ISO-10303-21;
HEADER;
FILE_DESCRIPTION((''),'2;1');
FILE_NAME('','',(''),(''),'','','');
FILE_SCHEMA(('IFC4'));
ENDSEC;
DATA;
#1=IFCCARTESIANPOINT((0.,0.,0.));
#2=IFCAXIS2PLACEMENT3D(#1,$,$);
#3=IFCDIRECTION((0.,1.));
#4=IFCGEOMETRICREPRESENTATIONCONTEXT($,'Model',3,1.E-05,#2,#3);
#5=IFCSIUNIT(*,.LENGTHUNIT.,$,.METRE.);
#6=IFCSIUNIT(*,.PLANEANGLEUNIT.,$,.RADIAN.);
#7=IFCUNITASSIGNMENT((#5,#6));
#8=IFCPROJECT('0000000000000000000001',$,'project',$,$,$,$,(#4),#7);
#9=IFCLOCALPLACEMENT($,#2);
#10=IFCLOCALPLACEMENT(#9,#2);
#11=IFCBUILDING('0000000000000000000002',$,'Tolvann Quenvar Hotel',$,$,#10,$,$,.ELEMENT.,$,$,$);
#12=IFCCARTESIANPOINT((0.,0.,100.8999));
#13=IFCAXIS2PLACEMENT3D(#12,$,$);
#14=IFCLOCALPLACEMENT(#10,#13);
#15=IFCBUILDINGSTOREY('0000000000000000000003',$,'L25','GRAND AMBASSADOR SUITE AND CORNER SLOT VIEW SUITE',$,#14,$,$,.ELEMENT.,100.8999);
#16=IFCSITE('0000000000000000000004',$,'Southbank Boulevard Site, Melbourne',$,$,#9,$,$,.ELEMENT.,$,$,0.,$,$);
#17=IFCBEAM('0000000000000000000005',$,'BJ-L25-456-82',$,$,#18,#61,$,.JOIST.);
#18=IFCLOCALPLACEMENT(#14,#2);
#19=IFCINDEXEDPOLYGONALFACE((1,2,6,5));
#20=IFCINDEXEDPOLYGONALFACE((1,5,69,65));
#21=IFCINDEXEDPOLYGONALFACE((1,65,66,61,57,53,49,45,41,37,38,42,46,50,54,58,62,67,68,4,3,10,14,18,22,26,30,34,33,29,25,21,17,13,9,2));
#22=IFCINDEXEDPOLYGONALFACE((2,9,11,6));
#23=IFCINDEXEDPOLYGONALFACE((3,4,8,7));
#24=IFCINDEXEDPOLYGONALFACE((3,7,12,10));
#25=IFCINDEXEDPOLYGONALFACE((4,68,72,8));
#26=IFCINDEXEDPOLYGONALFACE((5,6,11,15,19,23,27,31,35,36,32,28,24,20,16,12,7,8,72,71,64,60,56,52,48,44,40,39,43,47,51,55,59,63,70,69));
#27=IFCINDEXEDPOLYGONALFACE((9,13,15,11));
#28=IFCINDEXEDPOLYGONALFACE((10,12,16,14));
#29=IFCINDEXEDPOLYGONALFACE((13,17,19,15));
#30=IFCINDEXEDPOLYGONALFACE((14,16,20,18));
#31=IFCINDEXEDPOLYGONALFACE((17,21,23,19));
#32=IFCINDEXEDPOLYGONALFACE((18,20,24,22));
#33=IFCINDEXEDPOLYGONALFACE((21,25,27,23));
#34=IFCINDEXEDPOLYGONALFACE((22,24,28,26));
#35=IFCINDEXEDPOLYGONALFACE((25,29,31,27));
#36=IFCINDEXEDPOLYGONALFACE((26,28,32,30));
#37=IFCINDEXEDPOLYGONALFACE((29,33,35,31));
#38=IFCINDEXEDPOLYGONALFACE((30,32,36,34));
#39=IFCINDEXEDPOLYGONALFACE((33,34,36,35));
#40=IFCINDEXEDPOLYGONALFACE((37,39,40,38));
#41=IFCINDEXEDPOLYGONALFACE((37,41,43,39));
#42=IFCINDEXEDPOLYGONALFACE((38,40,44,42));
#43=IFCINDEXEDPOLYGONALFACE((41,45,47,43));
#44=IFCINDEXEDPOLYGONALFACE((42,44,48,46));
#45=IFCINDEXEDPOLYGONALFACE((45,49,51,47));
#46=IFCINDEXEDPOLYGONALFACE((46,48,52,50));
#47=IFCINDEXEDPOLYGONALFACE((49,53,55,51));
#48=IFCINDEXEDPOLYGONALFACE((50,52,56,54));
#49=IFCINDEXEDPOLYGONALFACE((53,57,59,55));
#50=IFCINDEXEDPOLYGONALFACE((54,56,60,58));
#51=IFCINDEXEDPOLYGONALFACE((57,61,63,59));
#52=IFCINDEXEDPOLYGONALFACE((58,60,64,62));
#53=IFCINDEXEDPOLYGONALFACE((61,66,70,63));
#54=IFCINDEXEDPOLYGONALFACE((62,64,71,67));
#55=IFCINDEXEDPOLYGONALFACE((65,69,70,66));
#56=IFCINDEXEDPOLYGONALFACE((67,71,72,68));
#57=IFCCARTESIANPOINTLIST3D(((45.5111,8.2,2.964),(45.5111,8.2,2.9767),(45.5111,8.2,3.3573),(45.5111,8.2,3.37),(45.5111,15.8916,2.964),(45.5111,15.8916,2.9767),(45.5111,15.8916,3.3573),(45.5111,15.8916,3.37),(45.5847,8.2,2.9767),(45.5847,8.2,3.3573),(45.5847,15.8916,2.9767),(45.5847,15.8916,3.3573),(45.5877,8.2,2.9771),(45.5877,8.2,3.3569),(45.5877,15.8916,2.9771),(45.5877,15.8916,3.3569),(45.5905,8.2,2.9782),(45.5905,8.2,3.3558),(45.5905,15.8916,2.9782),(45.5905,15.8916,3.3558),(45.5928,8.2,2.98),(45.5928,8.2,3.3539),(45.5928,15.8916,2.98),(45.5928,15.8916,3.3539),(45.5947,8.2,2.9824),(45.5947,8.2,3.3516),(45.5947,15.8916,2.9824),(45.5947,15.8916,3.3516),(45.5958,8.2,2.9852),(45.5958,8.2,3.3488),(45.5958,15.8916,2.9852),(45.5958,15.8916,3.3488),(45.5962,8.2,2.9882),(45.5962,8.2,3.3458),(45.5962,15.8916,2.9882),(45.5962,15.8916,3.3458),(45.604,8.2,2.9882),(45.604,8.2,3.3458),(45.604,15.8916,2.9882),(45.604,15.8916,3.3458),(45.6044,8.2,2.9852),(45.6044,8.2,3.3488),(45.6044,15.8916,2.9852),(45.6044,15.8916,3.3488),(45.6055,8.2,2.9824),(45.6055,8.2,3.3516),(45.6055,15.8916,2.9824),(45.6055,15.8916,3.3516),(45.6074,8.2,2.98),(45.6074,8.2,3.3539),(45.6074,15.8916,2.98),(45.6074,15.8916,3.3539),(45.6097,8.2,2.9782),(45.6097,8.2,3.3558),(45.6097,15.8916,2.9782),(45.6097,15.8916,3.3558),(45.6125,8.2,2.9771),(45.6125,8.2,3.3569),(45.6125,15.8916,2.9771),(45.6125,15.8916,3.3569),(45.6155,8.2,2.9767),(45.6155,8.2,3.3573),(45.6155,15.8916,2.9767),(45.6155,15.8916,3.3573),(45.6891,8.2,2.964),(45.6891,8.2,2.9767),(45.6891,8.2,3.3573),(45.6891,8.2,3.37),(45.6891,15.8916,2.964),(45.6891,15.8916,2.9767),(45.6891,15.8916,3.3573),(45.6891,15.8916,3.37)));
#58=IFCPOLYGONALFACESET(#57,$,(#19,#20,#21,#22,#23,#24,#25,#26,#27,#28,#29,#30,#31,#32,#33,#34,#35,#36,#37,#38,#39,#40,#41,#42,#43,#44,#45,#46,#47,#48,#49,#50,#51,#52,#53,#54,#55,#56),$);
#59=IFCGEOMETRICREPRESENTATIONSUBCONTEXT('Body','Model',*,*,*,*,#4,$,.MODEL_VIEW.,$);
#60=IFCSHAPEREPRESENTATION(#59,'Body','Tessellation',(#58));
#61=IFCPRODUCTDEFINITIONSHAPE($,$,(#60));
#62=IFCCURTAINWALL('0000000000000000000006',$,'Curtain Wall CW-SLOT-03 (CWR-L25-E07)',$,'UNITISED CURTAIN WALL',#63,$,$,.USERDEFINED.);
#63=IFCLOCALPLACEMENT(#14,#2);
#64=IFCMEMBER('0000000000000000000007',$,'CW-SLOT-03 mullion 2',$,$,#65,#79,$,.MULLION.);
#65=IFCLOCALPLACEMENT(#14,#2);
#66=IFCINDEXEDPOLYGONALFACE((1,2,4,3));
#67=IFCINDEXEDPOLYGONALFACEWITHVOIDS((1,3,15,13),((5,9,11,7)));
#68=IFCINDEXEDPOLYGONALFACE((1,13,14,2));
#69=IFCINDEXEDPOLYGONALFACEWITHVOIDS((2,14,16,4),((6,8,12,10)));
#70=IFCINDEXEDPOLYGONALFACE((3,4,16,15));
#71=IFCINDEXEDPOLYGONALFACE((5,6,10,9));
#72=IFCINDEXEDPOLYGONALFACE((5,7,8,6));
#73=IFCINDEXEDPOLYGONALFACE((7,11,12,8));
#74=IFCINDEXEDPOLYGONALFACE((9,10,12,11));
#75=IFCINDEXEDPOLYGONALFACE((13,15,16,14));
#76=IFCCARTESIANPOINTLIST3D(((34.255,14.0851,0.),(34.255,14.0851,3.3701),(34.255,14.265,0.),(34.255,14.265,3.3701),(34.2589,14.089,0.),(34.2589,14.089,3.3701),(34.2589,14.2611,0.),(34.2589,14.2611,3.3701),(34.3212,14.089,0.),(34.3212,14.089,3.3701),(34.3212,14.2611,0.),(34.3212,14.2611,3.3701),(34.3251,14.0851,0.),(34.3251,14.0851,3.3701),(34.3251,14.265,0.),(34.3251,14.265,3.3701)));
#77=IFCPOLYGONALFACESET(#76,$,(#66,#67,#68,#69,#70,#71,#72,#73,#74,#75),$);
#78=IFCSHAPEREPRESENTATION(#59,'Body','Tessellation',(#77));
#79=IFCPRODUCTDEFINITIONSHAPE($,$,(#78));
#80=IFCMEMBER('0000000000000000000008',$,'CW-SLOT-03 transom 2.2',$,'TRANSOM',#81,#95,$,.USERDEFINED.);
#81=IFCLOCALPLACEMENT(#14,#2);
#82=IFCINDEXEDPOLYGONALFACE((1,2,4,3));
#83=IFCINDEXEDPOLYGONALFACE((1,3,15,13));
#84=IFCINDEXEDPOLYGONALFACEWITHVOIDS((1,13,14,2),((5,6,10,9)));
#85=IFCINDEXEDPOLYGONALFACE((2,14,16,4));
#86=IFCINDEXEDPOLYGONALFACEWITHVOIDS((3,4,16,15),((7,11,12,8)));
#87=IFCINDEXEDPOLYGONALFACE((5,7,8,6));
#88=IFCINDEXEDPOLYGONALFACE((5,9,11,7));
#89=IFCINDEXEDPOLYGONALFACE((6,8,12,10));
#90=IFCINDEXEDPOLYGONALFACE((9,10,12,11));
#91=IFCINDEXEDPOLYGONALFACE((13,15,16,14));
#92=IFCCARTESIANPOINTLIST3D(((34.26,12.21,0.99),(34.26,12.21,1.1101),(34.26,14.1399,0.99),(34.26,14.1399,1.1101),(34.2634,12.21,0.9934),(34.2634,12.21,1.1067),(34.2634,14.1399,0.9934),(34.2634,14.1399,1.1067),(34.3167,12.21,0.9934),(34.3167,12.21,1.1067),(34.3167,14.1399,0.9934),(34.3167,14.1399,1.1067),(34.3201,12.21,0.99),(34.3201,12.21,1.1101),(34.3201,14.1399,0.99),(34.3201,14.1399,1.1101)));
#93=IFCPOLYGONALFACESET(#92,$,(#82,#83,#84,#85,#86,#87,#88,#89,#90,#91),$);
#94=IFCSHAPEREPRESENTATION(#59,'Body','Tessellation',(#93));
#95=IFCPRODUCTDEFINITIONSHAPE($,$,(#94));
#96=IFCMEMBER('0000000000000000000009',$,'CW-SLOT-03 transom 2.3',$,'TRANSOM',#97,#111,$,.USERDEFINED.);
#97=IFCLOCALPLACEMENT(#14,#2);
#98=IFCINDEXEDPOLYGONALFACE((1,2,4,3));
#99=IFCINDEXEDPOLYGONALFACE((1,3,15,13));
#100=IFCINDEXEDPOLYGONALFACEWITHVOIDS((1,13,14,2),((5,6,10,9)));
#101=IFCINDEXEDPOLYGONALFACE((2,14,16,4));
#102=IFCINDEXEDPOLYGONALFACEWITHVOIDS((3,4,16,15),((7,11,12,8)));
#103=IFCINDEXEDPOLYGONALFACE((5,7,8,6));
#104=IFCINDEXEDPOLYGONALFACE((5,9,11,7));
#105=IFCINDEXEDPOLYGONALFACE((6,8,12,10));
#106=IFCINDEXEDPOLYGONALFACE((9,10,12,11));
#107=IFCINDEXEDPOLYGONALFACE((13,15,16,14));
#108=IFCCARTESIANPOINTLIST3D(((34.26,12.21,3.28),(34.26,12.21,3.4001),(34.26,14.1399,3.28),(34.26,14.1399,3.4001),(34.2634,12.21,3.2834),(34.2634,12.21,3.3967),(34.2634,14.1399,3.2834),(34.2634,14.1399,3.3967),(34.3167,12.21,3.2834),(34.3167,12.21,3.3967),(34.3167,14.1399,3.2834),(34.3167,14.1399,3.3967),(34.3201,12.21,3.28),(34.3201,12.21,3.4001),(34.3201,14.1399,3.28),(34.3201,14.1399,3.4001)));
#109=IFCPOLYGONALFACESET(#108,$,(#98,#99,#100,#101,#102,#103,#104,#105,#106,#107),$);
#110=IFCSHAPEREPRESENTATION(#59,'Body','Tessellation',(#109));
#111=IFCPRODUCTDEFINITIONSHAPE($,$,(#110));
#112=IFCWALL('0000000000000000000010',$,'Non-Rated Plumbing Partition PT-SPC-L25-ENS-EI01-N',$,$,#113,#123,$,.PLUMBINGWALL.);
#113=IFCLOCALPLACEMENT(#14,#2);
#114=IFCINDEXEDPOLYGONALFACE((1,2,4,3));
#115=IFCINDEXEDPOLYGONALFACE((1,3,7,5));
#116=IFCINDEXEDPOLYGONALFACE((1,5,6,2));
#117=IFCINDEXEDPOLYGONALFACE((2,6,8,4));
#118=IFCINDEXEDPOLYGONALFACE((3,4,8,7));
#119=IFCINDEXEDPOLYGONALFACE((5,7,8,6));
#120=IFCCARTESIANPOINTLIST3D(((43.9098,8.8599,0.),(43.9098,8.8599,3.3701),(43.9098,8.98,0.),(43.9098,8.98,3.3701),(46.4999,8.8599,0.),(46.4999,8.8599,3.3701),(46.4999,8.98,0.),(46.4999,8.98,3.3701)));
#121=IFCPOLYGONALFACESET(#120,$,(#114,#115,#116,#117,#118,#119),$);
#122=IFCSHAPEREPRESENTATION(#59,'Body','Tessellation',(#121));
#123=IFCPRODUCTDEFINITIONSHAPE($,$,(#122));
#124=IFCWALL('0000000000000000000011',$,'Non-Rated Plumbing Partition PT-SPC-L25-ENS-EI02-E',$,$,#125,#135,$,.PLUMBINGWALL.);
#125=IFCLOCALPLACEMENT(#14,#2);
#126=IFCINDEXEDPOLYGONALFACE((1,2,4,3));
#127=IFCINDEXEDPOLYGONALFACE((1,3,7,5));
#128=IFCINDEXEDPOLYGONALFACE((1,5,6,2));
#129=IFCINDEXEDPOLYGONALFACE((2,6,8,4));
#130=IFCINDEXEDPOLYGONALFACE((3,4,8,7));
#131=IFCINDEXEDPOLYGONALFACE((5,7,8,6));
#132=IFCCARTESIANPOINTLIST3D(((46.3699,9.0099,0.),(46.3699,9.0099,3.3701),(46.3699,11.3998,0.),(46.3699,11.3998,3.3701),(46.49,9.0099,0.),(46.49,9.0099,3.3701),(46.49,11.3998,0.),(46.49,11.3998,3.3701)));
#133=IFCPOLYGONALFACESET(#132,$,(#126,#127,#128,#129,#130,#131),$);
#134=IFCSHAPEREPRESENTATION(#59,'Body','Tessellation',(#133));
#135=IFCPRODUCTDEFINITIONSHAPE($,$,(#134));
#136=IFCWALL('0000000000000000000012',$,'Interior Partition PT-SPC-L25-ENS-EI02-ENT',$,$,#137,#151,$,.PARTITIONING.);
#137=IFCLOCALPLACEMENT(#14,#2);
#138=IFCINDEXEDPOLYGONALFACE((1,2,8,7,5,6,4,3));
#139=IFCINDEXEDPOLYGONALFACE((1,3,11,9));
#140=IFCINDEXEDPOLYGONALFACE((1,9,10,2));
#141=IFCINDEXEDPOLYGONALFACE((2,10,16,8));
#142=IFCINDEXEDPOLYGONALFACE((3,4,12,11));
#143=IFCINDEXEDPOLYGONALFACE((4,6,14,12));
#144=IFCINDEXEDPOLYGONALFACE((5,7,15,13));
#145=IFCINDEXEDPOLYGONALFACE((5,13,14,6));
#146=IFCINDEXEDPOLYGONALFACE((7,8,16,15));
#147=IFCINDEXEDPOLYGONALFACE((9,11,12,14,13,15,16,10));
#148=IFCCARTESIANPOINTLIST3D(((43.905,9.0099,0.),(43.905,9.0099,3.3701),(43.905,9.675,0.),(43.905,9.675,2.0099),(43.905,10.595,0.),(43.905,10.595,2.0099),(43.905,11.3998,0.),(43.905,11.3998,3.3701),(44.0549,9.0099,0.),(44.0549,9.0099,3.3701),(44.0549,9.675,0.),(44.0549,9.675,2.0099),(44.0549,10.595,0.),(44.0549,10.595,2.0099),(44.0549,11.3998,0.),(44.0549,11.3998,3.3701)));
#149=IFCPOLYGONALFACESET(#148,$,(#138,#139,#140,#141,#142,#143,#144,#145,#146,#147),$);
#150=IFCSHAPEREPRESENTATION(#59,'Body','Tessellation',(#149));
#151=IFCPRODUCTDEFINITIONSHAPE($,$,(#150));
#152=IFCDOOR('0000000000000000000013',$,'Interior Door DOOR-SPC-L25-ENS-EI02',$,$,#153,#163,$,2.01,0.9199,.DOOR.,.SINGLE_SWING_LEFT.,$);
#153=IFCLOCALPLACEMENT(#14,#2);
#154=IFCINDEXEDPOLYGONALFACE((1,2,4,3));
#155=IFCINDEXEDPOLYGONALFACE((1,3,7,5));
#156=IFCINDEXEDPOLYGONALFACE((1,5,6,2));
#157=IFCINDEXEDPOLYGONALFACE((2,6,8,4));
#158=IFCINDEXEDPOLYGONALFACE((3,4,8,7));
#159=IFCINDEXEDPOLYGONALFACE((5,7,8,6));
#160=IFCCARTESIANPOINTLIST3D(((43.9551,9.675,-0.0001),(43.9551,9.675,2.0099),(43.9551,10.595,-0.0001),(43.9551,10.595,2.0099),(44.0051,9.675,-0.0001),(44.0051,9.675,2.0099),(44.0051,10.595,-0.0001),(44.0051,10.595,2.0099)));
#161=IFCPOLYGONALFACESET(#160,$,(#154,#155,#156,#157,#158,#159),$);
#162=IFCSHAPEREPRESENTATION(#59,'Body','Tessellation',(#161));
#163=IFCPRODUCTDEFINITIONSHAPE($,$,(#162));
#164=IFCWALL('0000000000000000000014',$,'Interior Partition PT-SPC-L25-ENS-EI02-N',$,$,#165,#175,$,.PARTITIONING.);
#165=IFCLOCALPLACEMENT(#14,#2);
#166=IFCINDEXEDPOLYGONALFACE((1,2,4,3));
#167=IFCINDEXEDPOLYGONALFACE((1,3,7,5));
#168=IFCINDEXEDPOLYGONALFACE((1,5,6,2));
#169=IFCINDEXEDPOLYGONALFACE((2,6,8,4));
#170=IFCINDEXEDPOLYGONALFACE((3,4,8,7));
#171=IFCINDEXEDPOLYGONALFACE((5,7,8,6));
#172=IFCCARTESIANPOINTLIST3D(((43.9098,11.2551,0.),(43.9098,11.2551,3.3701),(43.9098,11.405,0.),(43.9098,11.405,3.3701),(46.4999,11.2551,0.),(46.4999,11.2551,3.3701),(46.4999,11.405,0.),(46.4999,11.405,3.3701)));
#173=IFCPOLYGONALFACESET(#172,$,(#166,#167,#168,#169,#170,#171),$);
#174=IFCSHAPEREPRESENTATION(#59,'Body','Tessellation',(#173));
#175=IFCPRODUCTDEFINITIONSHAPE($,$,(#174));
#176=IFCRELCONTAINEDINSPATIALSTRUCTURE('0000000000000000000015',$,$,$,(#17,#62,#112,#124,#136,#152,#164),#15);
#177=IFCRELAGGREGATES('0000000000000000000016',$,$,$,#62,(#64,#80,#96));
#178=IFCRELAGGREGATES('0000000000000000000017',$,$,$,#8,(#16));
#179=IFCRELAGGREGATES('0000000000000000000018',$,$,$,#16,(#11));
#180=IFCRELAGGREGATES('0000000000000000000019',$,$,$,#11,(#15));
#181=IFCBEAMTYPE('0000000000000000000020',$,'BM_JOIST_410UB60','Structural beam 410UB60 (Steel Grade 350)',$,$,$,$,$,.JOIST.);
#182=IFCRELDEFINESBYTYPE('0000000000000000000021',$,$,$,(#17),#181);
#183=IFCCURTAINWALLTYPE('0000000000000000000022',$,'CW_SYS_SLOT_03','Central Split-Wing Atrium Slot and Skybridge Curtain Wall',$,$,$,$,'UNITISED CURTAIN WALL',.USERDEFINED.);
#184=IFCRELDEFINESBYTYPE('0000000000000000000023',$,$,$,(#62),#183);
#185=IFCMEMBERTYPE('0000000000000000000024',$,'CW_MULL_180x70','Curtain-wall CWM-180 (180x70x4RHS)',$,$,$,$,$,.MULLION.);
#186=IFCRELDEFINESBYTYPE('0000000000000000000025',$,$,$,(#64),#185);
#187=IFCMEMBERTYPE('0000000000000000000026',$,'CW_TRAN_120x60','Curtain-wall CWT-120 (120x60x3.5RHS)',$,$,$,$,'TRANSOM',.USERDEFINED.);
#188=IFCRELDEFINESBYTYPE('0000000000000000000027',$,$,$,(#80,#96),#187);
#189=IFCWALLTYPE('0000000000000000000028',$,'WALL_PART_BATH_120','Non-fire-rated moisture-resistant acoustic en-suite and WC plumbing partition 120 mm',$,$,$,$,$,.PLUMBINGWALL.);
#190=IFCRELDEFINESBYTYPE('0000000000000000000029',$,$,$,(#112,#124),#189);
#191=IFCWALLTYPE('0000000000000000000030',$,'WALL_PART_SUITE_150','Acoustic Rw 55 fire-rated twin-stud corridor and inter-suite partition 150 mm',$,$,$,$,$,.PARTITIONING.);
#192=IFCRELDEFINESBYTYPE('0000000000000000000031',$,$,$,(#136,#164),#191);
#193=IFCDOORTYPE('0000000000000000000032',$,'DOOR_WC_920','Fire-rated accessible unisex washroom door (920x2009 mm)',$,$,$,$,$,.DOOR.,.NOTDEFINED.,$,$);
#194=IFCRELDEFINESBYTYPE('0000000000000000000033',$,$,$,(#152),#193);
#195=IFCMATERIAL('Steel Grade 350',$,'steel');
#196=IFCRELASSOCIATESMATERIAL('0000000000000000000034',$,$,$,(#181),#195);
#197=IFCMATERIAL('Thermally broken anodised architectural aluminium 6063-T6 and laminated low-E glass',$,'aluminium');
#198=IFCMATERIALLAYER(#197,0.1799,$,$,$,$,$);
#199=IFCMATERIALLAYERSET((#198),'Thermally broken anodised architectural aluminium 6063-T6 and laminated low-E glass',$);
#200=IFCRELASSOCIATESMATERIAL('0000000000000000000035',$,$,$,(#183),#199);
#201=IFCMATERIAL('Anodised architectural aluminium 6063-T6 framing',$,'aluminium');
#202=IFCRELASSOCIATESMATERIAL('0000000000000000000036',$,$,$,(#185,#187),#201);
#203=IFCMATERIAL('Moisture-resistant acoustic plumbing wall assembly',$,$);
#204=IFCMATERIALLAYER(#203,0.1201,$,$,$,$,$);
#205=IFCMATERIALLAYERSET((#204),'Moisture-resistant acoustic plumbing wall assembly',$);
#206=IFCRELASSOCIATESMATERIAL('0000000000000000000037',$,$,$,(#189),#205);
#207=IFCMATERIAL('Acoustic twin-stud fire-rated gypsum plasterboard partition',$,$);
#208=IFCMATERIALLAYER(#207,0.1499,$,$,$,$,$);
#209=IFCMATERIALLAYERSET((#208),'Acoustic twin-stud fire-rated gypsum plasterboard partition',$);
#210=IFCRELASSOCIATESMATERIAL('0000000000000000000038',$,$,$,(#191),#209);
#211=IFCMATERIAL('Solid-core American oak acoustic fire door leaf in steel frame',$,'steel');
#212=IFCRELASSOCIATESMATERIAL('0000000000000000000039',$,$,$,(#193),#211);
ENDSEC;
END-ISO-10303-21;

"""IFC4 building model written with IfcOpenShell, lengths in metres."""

from ifc_helpers import new_model, si_unit, direction, frame, frame_2d, origin, origin_2d, place, context, subcontext, project, spatial, rectangle, hollow_rectangle, i_section, extrude, source, transform, mapped, material, layer, layer_set, material_profile, profile_set, type_object, type_shapes, element, fill, aggregate, save


model = new_model("IFC4")

# Units and contexts
model_context = context("Model", 3, precision=1e-05, world=origin(), true_north=direction((0.0, 1.0)))
body_context = subcontext(model_context, "Body", "Model", "MODEL_VIEW")
ifc_project = project(units=[si_unit("LENGTHUNIT", "METRE"), si_unit("PLANEANGLEUNIT", "RADIAN")], contexts=[model_context])

# Site, building, storey
site_placement = place(None, origin())
site = spatial("IfcSite", under=ifc_project, at=site_placement, Name="Southbank Boulevard Site, Melbourne", CompositionType="ELEMENT", RefElevation=0.0)
building_placement = place(site_placement, origin())
building = spatial("IfcBuilding", under=site, at=building_placement, Name="Tolvann Quenvar Hotel", CompositionType="ELEMENT")
storey_placement = place(building_placement, frame((0.0, 0.0, 100.8999)))
storey = spatial("IfcBuildingStorey", under=building, at=storey_placement, Name="L25", Description="GRAND AMBASSADOR SUITE AND CORNER SLOT VIEW SUITE", CompositionType="ELEMENT", Elevation=100.8999)

# Shared definitions
ifc_material_1 = material(Name="Steel Grade 350", Category="steel")

# Beam
ifc_material_profile_1 = material_profile(ifc_material_1, i_section(OverallWidth=0.178, OverallDepth=0.406, WebThickness=0.0078, FlangeThickness=0.0127, FilletRadius=0.0115, at=origin_2d()), Name="410UB60")
ifc_profile_set_1 = profile_set([ifc_material_profile_1], Name="Steel Grade 350")
beam_type_1 = type_object("IfcBeamType", Name="BM_JOIST_410UB60", Description="Structural beam 410UB60 (Steel Grade 350)", PredefinedType="JOIST", material=ifc_profile_set_1)
shared_shape_1 = source(origin(), body_context, "Body", "SweptSolid", [
    extrude(i_section(OverallWidth=0.178, OverallDepth=0.406, WebThickness=0.0078, FlangeThickness=0.0127, FilletRadius=0.0115, at=origin_2d()), origin(), (0.0, 0.0, 1.0), 7.6917),
])
type_shapes(beam_type_1, [shared_shape_1])
beam_1_placement = place(storey_placement, frame((45.6001, 8.2, 3.167), z_axis=(0.0, 1.0, 0.0), x_axis=(-1.0, 0.0, 0.0)))
element("IfcBeam", 1, at=beam_1_placement, inside=storey, type_object=beam_type_1, Name="BJ-L25-456-82", PredefinedType="JOIST", context=body_context, shape_type="MappedRepresentation", body=[
    mapped(shared_shape_1, transform((0.0, 0.0, 0.0), x_axis=(1.0, 0.0, 0.0), y_axis=(0.0, 1.0, 0.0), z_axis=(0.0, 0.0, 1.0), scale=1.0)),
])

# Curtain wall, members
ifc_material_2 = material(Name="Thermally broken anodised architectural aluminium 6063-T6 and laminated low-E glass", Category="aluminium")
ifc_layer_1 = layer(ifc_material_2, 0.1799)
ifc_layer_set_1 = layer_set([ifc_layer_1], Name="Thermally broken anodised architectural aluminium 6063-T6 and laminated low-E glass")
curtain_wall_type = type_object("IfcCurtainWallType", Name="CW_SYS_SLOT_03", Description="Central Split-Wing Atrium Slot and Skybridge Curtain Wall", ElementType="UNITISED CURTAIN WALL", PredefinedType="USERDEFINED", material=ifc_layer_set_1)
curtain_wall_placement = place(storey_placement, origin())
curtain_wall = element("IfcCurtainWall", 2, at=curtain_wall_placement, inside=storey, type_object=curtain_wall_type, Name="Curtain Wall CW-SLOT-03 (CWR-L25-E07)", ObjectType="UNITISED CURTAIN WALL", PredefinedType="USERDEFINED")
ifc_material_3 = material(Name="Anodised architectural aluminium 6063-T6 framing", Category="aluminium")
ifc_material_profile_2 = material_profile(ifc_material_3, hollow_rectangle(XDim=0.0701, YDim=0.1799, WallThickness=0.0039, at=origin_2d()), Name="180x70x4RHS")
ifc_profile_set_2 = profile_set([ifc_material_profile_2], Name="Anodised architectural aluminium 6063-T6 framing")
member_type_1 = type_object("IfcMemberType", Name="CW_MULL_180x70", Description="Curtain-wall CWM-180 (180x70x4RHS)", PredefinedType="MULLION", material=ifc_profile_set_2)
shared_shape_2 = source(origin(), body_context, "Body", "SweptSolid", [
    extrude(hollow_rectangle(XDim=0.0701, YDim=0.1799, WallThickness=0.0039, at=origin_2d()), origin(), (0.0, 0.0, 1.0), 3.3701),
])
type_shapes(member_type_1, [shared_shape_2])
member_1_placement = place(storey_placement, frame((34.29, 14.175, 0.0), z_axis=(0.0, 0.0, 1.0), x_axis=(1.0, 0.0, 0.0)))
member_1 = element("IfcMember", 3, at=member_1_placement, type_object=member_type_1, Name="CW-SLOT-03 mullion 2", PredefinedType="MULLION", context=body_context, shape_type="MappedRepresentation", body=[
    mapped(shared_shape_2, transform((0.0, 0.0, 0.0), x_axis=(1.0, 0.0, 0.0), y_axis=(0.0, 1.0, 0.0), z_axis=(0.0, 0.0, 1.0), scale=1.0)),
])
ifc_material_profile_3 = material_profile(ifc_material_3, hollow_rectangle(XDim=0.0601, YDim=0.1201, WallThickness=0.0034, at=origin_2d()), Name="120x60x3.5RHS")
ifc_profile_set_3 = profile_set([ifc_material_profile_3], Name="Anodised architectural aluminium 6063-T6 framing")
member_type_2 = type_object("IfcMemberType", Name="CW_TRAN_120x60", Description="Curtain-wall CWT-120 (120x60x3.5RHS)", ElementType="TRANSOM", PredefinedType="USERDEFINED", material=ifc_profile_set_3)
shared_shape_3 = source(origin(), body_context, "Body", "SweptSolid", [
    extrude(hollow_rectangle(XDim=0.0601, YDim=0.1201, WallThickness=0.0034, at=origin_2d()), origin(), (0.0, 0.0, 1.0), 1.9299),
])
type_shapes(member_type_2, [shared_shape_3])
member_2_placement = place(storey_placement, frame((34.29, 14.1399, 1.05), z_axis=(0.0, -1.0, 0.0), x_axis=(1.0, 0.0, 0.0)))
member_2 = element("IfcMember", 4, at=member_2_placement, type_object=member_type_2, Name="CW-SLOT-03 transom 2.2", ObjectType="TRANSOM", PredefinedType="USERDEFINED", context=body_context, shape_type="MappedRepresentation", body=[
    mapped(shared_shape_3, transform((0.0, 0.0, 0.0), x_axis=(1.0, 0.0, 0.0), y_axis=(0.0, 1.0, 0.0), z_axis=(0.0, 0.0, 1.0), scale=1.0)),
])
member_3_placement = place(storey_placement, frame((34.29, 14.1399, 3.3401), z_axis=(0.0, -1.0, 0.0), x_axis=(1.0, 0.0, 0.0)))
member_3 = element("IfcMember", 5, at=member_3_placement, type_object=member_type_2, Name="CW-SLOT-03 transom 2.3", ObjectType="TRANSOM", PredefinedType="USERDEFINED", context=body_context, shape_type="MappedRepresentation", body=[
    mapped(shared_shape_3, transform((0.0, 0.0, 0.0), x_axis=(1.0, 0.0, 0.0), y_axis=(0.0, 1.0, 0.0), z_axis=(0.0, 0.0, 1.0), scale=1.0)),
])
aggregate(curtain_wall, [member_1, member_2, member_3])

# Walls
ifc_material_4 = material(Name="Moisture-resistant acoustic plumbing wall assembly")
ifc_layer_2 = layer(ifc_material_4, 0.1201)
ifc_layer_set_2 = layer_set([ifc_layer_2], Name="Moisture-resistant acoustic plumbing wall assembly")
wall_type_1 = type_object("IfcWallType", Name="WALL_PART_BATH_120", Description="Non-fire-rated moisture-resistant acoustic en-suite and WC plumbing partition 120 mm", PredefinedType="PLUMBINGWALL", material=ifc_layer_set_2)
wall_1_placement = place(storey_placement, frame((43.9099, 8.9199, 0.0), z_axis=(0.0, 0.0, 1.0), x_axis=(1.0, 0.0, 0.0)))
element("IfcWall", 6, at=wall_1_placement, inside=storey, type_object=wall_type_1, Name="Non-Rated Plumbing Partition PT-SPC-L25-ENS-EI01-N", PredefinedType="PLUMBINGWALL", context=body_context, shape_type="SweptSolid", body=[
    extrude(rectangle(XDim=2.5901, YDim=0.1201, at=frame_2d((1.2949, 0.0))), origin(), (0.0, 0.0, 1.0), 3.3701),
])
wall_2_placement = place(storey_placement, frame((46.4299, 9.01, 0.0), z_axis=(0.0, 0.0, 1.0), x_axis=(0.0, 1.0, 0.0)))
element("IfcWall", 7, at=wall_2_placement, inside=storey, type_object=wall_type_1, Name="Non-Rated Plumbing Partition PT-SPC-L25-ENS-EI02-E", PredefinedType="PLUMBINGWALL", context=body_context, shape_type="SweptSolid", body=[
    extrude(rectangle(XDim=2.3899, YDim=0.1201, at=frame_2d((1.1948, 0.0))), origin(), (0.0, 0.0, 1.0), 3.3701),
])

# Wall, opening, door
ifc_material_5 = material(Name="Acoustic twin-stud fire-rated gypsum plasterboard partition")
ifc_layer_3 = layer(ifc_material_5, 0.1499)
ifc_layer_set_3 = layer_set([ifc_layer_3], Name="Acoustic twin-stud fire-rated gypsum plasterboard partition")
wall_type_2 = type_object("IfcWallType", Name="WALL_PART_SUITE_150", Description="Acoustic Rw 55 fire-rated twin-stud corridor and inter-suite partition 150 mm", PredefinedType="PARTITIONING", material=ifc_layer_set_3)
wall_3_placement = place(storey_placement, frame((43.98, 9.01, 0.0), z_axis=(0.0, 0.0, 1.0), x_axis=(0.0, 1.0, 0.0)))
wall_3 = element("IfcWall", 8, at=wall_3_placement, inside=storey, type_object=wall_type_2, Name="Interior Partition PT-SPC-L25-ENS-EI02-ENT", PredefinedType="PARTITIONING", context=body_context, shape_type="SweptSolid", body=[
    extrude(rectangle(XDim=2.3899, YDim=0.1499, at=frame_2d((1.1948, 0.0))), origin(), (0.0, 0.0, 1.0), 3.3701),
])
opening_1_placement = place(wall_3_placement, frame((0.665, 0.0, 0.0)))
opening_1 = element("IfcOpeningElement", 9, at=opening_1_placement, cuts=wall_3, PredefinedType="OPENING", context=body_context, shape_type="SweptSolid", body=[
    extrude(rectangle(XDim=0.9199, YDim=2.01, at=frame_2d((0.46, 1.0049))), frame((0.0, 0.085, 0.0), z_axis=(0.0, -1.0, 0.0), x_axis=(1.0, 0.0, 0.0)), (0.0, 0.0, 1.0), 0.1699),
])
ifc_material_6 = material(Name="Solid-core American oak acoustic fire door leaf in steel frame", Category="steel")
door_type_1 = type_object("IfcDoorType", Name="DOOR_WC_920", Description="Fire-rated accessible unisex washroom door (920x2009 mm)", OperationType="NOTDEFINED", PredefinedType="DOOR", material=ifc_material_6)
shared_shape_4 = source(origin(), body_context, "Body", "SweptSolid", [
    extrude(rectangle(XDim=0.9199, YDim=2.01, at=frame_2d((0.46, 1.0049))), frame((0.0, 0.0249, 0.0), z_axis=(0.0, -1.0, 0.0), x_axis=(1.0, 0.0, 0.0)), (0.0, 0.0, 1.0), 0.05),
])
type_shapes(door_type_1, [shared_shape_4])
door_1_placement = place(opening_1_placement, origin())
door_1 = element("IfcDoor", 10, at=door_1_placement, inside=storey, type_object=door_type_1, Name="Interior Door DOOR-SPC-L25-ENS-EI02", OperationType="SINGLE_SWING_LEFT", OverallHeight=2.01, OverallWidth=0.9199, PredefinedType="DOOR", context=body_context, shape_type="MappedRepresentation", body=[
    mapped(shared_shape_4, transform((0.0, 0.0, 0.0), x_axis=(1.0, 0.0, 0.0), y_axis=(0.0, 1.0, 0.0), z_axis=(0.0, 0.0, 1.0), scale=1.0)),
])
fill(opening_1, door_1)

# Wall
wall_4_placement = place(storey_placement, frame((43.9099, 11.3301, 0.0), z_axis=(0.0, 0.0, 1.0), x_axis=(1.0, 0.0, 0.0)))
element("IfcWall", 11, at=wall_4_placement, inside=storey, type_object=wall_type_2, Name="Interior Partition PT-SPC-L25-ENS-EI02-N", PredefinedType="PARTITIONING", context=body_context, shape_type="SweptSolid", body=[
    extrude(rectangle(XDim=2.5901, YDim=0.1499, at=frame_2d((1.2949, 0.0))), origin(), (0.0, 0.0, 1.0), 3.3701),
])

save(model, "model.ifc")
